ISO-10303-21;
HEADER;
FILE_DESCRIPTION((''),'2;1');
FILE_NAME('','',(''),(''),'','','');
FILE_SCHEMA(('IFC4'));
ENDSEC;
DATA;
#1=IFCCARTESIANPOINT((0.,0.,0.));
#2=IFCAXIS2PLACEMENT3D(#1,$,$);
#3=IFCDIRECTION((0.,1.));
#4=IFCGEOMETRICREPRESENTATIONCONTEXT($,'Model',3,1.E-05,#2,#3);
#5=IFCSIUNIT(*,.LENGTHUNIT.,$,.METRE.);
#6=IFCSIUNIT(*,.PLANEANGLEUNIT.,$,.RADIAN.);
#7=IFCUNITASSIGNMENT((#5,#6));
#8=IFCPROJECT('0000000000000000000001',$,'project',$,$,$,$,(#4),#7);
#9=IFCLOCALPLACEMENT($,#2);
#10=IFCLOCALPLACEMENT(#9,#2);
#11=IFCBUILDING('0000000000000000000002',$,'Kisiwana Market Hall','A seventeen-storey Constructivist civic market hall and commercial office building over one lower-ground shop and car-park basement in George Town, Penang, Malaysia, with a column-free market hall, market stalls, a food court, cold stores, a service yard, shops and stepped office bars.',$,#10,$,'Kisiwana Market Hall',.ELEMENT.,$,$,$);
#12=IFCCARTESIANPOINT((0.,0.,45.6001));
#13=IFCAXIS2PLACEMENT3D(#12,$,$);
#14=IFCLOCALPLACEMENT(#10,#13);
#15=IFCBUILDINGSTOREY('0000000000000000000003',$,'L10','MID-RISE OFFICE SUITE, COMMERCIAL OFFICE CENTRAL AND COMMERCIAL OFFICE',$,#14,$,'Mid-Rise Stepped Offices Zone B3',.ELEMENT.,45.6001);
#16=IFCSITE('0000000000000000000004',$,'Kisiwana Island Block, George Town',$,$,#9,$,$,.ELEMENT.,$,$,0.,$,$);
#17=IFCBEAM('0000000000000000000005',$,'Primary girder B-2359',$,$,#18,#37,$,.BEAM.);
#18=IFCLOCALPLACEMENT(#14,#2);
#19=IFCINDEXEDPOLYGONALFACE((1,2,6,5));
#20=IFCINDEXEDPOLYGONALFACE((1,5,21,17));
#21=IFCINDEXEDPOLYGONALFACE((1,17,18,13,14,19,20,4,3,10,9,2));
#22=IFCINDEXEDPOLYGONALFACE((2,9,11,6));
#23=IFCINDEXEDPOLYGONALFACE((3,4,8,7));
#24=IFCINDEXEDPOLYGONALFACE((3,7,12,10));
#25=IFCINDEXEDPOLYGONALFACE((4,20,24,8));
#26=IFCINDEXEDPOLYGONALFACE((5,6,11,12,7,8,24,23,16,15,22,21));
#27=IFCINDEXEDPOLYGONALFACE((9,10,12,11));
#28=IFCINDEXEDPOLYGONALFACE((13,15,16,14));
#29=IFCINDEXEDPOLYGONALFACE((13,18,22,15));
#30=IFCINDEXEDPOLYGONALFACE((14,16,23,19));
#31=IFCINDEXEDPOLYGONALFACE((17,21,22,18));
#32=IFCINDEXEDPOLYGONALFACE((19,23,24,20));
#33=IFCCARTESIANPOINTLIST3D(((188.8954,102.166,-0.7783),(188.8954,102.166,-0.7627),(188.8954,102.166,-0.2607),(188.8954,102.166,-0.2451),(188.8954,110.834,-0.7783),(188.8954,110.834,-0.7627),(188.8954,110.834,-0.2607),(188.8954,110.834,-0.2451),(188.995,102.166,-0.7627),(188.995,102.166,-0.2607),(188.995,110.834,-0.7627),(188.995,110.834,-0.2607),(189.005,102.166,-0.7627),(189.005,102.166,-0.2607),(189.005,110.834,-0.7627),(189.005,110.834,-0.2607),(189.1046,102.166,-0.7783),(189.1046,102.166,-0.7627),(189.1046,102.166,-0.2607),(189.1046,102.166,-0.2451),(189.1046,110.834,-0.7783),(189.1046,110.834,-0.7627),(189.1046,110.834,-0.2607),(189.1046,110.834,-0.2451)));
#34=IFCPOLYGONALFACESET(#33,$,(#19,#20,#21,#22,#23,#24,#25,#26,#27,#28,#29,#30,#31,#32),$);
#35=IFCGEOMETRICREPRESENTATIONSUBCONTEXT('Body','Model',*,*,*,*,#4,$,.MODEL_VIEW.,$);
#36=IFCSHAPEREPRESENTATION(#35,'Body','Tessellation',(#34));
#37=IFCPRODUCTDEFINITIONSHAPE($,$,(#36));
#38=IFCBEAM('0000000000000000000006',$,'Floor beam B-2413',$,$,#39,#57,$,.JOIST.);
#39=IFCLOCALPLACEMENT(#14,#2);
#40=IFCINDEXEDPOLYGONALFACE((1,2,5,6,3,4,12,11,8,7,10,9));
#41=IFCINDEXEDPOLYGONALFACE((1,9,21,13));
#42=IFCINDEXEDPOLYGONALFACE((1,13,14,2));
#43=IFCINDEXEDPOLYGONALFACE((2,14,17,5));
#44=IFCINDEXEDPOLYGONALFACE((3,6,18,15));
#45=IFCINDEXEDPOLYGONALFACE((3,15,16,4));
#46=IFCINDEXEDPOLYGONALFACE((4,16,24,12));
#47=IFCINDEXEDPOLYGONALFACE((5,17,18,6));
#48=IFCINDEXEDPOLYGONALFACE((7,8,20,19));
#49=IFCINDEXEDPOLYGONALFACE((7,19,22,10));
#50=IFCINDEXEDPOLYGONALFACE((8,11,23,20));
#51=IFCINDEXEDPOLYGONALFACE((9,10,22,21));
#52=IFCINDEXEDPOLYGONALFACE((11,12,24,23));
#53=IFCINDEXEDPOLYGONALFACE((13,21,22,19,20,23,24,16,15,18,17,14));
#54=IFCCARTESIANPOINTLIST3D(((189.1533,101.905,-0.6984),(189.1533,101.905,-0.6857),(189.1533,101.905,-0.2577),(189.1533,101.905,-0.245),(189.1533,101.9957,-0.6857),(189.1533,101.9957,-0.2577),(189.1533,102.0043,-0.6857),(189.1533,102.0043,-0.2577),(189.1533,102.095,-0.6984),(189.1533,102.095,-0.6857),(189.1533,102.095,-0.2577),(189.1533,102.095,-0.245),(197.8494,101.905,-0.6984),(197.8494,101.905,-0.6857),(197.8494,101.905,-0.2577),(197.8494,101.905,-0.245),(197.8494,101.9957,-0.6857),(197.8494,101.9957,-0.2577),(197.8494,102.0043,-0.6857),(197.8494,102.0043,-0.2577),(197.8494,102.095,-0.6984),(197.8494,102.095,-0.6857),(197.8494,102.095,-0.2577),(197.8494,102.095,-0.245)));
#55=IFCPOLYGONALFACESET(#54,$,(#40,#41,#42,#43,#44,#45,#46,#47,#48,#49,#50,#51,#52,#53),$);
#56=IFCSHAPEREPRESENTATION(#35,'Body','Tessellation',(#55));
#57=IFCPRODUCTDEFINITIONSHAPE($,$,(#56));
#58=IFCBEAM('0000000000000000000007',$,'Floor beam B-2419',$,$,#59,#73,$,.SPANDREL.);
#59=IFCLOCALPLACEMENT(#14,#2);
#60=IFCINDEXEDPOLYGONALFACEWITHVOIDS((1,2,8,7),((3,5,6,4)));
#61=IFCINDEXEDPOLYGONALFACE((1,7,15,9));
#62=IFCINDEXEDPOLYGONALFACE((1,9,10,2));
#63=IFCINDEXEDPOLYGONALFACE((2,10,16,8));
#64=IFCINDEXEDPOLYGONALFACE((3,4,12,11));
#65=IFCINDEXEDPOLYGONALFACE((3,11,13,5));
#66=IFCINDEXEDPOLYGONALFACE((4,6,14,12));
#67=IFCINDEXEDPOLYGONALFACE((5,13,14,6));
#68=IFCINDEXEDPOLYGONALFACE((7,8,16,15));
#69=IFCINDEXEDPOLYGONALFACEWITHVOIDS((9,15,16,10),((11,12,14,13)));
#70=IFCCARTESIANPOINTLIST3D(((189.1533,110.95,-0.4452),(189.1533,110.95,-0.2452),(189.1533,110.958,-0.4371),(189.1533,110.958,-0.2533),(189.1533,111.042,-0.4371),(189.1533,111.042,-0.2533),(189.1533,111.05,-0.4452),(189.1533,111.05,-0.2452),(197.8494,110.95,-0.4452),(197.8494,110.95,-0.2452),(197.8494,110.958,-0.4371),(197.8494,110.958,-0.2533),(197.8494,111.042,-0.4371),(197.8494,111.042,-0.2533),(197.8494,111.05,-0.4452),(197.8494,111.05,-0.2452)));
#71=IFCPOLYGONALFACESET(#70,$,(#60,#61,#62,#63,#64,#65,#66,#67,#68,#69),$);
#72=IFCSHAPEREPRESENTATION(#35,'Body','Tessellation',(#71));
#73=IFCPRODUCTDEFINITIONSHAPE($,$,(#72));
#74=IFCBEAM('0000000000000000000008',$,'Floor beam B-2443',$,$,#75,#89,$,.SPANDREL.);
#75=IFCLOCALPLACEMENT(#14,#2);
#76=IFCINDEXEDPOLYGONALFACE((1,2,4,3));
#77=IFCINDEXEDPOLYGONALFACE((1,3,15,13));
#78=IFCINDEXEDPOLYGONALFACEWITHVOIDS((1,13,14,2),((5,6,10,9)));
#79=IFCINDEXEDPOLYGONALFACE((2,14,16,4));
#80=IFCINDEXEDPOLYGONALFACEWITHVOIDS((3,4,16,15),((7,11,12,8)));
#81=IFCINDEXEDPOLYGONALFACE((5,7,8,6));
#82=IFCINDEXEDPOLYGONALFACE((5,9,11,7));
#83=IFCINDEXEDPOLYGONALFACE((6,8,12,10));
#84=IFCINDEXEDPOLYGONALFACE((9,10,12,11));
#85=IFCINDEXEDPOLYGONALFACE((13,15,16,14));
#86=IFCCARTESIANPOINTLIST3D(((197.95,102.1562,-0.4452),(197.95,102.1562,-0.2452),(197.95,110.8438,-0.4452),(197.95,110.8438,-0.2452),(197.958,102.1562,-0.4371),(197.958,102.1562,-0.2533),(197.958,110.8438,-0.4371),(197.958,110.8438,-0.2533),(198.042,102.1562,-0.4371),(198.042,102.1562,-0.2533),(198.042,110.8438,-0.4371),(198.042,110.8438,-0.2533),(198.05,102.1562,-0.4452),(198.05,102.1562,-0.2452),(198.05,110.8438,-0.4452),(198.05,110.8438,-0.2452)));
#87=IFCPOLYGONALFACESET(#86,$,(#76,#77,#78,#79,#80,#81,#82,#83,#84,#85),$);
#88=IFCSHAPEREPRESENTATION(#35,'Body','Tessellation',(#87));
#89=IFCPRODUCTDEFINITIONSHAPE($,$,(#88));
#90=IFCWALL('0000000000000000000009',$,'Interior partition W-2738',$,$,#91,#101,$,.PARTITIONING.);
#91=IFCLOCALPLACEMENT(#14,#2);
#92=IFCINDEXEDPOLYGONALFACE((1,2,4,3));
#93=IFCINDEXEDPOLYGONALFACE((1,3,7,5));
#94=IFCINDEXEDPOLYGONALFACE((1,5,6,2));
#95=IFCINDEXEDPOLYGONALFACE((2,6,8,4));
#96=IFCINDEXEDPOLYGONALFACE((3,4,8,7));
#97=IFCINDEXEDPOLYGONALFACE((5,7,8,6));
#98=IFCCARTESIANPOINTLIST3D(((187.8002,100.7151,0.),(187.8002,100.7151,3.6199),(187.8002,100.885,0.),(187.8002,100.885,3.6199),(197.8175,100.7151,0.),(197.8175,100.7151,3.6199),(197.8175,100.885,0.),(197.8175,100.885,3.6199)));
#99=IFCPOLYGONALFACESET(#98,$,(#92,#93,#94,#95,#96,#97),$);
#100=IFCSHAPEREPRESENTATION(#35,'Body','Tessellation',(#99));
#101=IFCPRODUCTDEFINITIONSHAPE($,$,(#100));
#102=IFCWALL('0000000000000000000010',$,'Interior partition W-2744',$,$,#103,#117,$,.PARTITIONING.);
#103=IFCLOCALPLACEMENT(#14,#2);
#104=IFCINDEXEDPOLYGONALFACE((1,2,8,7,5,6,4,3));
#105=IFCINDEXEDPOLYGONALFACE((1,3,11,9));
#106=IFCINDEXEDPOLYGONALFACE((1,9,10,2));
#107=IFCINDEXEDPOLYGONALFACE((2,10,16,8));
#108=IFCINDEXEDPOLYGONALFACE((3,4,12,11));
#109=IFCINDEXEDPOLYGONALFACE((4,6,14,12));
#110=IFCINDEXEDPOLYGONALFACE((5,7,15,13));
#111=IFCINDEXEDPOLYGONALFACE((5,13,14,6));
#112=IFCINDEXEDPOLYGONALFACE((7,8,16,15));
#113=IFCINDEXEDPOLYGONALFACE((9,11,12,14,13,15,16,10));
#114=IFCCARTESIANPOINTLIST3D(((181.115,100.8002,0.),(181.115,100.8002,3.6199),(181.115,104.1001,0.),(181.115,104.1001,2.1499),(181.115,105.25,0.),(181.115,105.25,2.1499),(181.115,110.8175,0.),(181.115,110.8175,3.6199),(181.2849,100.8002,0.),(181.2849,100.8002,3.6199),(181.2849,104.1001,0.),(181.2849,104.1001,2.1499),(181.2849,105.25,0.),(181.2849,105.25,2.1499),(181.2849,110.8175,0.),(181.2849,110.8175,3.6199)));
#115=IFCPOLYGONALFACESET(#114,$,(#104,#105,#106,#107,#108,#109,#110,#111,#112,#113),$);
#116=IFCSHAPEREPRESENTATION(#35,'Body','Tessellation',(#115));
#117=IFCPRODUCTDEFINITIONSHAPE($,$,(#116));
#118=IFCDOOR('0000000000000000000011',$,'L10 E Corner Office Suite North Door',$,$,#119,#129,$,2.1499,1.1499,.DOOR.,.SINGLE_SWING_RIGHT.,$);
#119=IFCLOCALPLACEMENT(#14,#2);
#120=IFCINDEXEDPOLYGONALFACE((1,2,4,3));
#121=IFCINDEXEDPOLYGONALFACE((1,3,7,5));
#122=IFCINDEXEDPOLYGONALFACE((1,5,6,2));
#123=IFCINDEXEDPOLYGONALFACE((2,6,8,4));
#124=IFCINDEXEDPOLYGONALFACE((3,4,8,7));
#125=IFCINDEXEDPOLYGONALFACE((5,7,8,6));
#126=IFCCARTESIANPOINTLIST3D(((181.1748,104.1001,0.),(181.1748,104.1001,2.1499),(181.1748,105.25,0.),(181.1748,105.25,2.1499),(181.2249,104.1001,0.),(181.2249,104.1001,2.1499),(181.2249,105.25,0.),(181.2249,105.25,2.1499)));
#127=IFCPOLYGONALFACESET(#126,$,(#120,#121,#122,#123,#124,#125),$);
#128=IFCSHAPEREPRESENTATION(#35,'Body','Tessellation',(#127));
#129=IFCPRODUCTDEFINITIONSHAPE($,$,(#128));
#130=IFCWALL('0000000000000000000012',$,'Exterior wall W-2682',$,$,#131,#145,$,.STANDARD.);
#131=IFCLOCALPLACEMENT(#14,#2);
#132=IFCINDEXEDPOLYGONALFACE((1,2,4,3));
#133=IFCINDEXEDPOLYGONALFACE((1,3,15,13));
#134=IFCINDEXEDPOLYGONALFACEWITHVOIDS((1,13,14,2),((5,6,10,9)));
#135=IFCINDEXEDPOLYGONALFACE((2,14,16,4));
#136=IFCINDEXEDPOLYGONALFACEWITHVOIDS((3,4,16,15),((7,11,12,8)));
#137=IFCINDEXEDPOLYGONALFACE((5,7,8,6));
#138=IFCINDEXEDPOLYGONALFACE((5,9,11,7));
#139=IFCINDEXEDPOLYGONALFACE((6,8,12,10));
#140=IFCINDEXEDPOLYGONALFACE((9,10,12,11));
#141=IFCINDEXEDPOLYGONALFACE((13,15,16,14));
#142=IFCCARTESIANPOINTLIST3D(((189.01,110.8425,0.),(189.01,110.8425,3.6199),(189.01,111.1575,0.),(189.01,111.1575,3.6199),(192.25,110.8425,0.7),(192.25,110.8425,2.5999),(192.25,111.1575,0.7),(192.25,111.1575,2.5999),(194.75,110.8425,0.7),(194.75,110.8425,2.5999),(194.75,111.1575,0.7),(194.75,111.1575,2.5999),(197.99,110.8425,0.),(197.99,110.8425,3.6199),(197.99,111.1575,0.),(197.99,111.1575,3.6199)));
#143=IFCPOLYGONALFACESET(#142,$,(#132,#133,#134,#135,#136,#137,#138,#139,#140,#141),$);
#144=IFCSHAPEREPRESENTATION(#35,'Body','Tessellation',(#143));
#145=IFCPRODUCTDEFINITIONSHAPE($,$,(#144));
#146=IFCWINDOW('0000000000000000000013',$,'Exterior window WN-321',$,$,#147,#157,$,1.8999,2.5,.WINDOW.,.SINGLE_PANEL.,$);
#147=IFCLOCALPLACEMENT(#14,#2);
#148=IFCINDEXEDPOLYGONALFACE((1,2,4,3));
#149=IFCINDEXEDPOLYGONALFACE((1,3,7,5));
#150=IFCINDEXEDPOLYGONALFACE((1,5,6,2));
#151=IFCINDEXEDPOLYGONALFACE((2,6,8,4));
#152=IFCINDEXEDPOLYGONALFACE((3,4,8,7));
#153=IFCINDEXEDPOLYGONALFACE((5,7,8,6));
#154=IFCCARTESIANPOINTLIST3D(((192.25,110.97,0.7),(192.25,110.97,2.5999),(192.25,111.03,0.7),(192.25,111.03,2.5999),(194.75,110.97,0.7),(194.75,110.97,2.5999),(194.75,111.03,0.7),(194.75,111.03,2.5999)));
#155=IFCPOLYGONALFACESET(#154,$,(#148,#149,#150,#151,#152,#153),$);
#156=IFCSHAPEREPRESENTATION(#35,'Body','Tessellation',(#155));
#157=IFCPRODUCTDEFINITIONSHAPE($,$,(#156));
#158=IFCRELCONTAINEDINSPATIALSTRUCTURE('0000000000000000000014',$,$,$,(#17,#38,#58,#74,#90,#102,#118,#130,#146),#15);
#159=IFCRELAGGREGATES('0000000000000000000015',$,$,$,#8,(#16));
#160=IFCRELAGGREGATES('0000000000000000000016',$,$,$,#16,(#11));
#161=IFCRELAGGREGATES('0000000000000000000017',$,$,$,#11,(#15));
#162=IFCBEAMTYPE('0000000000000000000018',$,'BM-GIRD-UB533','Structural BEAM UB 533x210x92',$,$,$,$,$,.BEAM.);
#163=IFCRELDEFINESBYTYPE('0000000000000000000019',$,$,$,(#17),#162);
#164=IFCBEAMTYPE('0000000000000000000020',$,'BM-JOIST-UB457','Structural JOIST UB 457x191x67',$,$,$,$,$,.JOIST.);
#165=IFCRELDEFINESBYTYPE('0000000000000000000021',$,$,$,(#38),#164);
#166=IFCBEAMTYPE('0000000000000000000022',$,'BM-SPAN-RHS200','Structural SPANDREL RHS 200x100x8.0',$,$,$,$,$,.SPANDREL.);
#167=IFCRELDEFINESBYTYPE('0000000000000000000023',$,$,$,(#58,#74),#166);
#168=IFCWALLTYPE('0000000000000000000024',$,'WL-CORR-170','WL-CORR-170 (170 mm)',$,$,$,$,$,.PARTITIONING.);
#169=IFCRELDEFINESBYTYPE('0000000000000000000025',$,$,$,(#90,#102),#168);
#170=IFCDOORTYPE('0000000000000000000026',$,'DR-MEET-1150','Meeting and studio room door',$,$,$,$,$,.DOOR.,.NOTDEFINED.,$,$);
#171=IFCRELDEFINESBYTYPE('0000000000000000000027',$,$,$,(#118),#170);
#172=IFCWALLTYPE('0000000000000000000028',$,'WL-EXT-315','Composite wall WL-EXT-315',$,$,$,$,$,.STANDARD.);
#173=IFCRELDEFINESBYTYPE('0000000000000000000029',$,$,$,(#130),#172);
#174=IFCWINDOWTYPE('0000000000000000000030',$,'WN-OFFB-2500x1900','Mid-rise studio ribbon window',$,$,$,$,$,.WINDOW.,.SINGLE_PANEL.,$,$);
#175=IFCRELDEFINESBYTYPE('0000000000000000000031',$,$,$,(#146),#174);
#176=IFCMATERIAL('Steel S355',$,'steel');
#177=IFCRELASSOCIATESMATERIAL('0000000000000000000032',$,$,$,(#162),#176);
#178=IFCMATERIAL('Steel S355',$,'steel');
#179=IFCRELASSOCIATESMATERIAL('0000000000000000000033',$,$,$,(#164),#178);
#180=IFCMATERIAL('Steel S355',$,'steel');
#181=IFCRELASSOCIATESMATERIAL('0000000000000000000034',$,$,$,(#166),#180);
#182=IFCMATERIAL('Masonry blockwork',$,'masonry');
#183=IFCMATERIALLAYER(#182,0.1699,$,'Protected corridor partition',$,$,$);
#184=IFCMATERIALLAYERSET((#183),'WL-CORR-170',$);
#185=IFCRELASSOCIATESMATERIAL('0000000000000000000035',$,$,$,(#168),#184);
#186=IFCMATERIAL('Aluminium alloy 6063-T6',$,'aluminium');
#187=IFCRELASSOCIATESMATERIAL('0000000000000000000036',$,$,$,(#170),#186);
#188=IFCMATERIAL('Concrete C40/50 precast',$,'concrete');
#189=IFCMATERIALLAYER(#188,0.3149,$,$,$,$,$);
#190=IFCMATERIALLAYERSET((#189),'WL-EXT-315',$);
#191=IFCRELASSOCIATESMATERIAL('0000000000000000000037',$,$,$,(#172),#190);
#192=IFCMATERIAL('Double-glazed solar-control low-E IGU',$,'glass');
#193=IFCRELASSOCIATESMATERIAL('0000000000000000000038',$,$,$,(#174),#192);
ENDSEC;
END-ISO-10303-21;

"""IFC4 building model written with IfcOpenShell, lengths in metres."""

from ifc_helpers import new_model, si_unit, direction, frame, frame_2d, origin, origin_2d, place, context, subcontext, project, spatial, rectangle, hollow_rectangle, i_section, extrude, material, layer, layer_set, material_profile, profile_set, type_object, element, fill, save


model = new_model("IFC4")

# Units and contexts
model_context = context("Model", 3, precision=1e-05, world=origin(), true_north=direction((0.0, 1.0)))
body_context = subcontext(model_context, "Body", "Model", "MODEL_VIEW")
ifc_project = project(units=[si_unit("LENGTHUNIT", "METRE"), si_unit("PLANEANGLEUNIT", "RADIAN")], contexts=[model_context])

# Site, building, storey
site_placement = place(None, origin())
site = spatial("IfcSite", under=ifc_project, at=site_placement, Name="Kisiwana Island Block, George Town", CompositionType="ELEMENT", RefElevation=0.0)
building_placement = place(site_placement, origin())
building = spatial("IfcBuilding", under=site, at=building_placement, Name="Kisiwana Market Hall", Description="A seventeen-storey Constructivist civic market hall and commercial office building over one lower-ground shop and car-park basement in George Town, Penang, Malaysia, with a column-free market hall, market stalls, a food court, cold stores, a service yard, shops and stepped office bars.", LongName="Kisiwana Market Hall", CompositionType="ELEMENT")
storey_placement = place(building_placement, frame((0.0, 0.0, 45.6001)))
storey = spatial("IfcBuildingStorey", under=building, at=storey_placement, Name="L10", Description="MID-RISE OFFICE SUITE, COMMERCIAL OFFICE CENTRAL AND COMMERCIAL OFFICE", LongName="Mid-Rise Stepped Offices Zone B3", CompositionType="ELEMENT", Elevation=45.6001)

# Beams
ifc_material_1 = material(Name="Steel S355", Category="steel")
ifc_material_profile_1 = material_profile(ifc_material_1, i_section(OverallWidth=0.2092, OverallDepth=0.5332, WebThickness=0.01, FlangeThickness=0.0156, at=origin_2d()), Name="UB 533x210x92")
ifc_profile_set_1 = profile_set([ifc_material_profile_1], Name="Steel S355")
beam_type_1 = type_object("IfcBeamType", Name="BM-GIRD-UB533", Description="Structural BEAM UB 533x210x92", PredefinedType="BEAM", material=ifc_profile_set_1)
beam_1_placement = place(storey_placement, frame((189.0, 102.166, -0.5117), z_axis=(0.0, 1.0, 0.0), x_axis=(-1.0, 0.0, 0.0)))
element("IfcBeam", 1, at=beam_1_placement, inside=storey, type_object=beam_type_1, Name="Primary girder B-2359", PredefinedType="BEAM", context=body_context, shape_type="SweptSolid", body=[
    extrude(i_section(OverallWidth=0.2092, OverallDepth=0.5332, WebThickness=0.01, FlangeThickness=0.0156, at=origin_2d()), origin(), (0.0, 0.0, 1.0), 8.668),
])
ifc_material_2 = material(Name="Steel S355", Category="steel")
ifc_material_profile_2 = material_profile(ifc_material_2, i_section(OverallWidth=0.1899, OverallDepth=0.4534, WebThickness=0.0085, FlangeThickness=0.0127, at=origin_2d()), Name="UB 457x191x67")
ifc_profile_set_2 = profile_set([ifc_material_profile_2], Name="Steel S355")
beam_type_2 = type_object("IfcBeamType", Name="BM-JOIST-UB457", Description="Structural JOIST UB 457x191x67", PredefinedType="JOIST", material=ifc_profile_set_2)
beam_2_placement = place(storey_placement, frame((189.1533, 102.0, -0.4717), z_axis=(1.0, 0.0, 0.0), x_axis=(0.0, 1.0, 0.0)))
element("IfcBeam", 2, at=beam_2_placement, inside=storey, type_object=beam_type_2, Name="Floor beam B-2413", PredefinedType="JOIST", context=body_context, shape_type="SweptSolid", body=[
    extrude(i_section(OverallWidth=0.1899, OverallDepth=0.4534, WebThickness=0.0085, FlangeThickness=0.0127, at=origin_2d()), origin(), (0.0, 0.0, 1.0), 8.696),
])
ifc_material_3 = material(Name="Steel S355", Category="steel")
ifc_material_profile_3 = material_profile(ifc_material_3, hollow_rectangle(XDim=0.1001, YDim=0.2, WallThickness=0.0081, at=origin_2d()), Name="RHS 200x100x8.0")
ifc_profile_set_3 = profile_set([ifc_material_profile_3], Name="Steel S355")
beam_type_3 = type_object("IfcBeamType", Name="BM-SPAN-RHS200", Description="Structural SPANDREL RHS 200x100x8.0", PredefinedType="SPANDREL", material=ifc_profile_set_3)
beam_3_placement = place(storey_placement, frame((189.1533, 111.0, -0.3452), z_axis=(1.0, 0.0, 0.0), x_axis=(0.0, 1.0, 0.0)))
element("IfcBeam", 3, at=beam_3_placement, inside=storey, type_object=beam_type_3, Name="Floor beam B-2419", PredefinedType="SPANDREL", context=body_context, shape_type="SweptSolid", body=[
    extrude(hollow_rectangle(XDim=0.1001, YDim=0.2, WallThickness=0.0081, at=origin_2d()), origin(), (0.0, 0.0, 1.0), 8.696),
])
beam_4_placement = place(storey_placement, frame((198.0, 102.1562, -0.3452), z_axis=(0.0, 1.0, 0.0), x_axis=(-1.0, 0.0, 0.0)))
element("IfcBeam", 4, at=beam_4_placement, inside=storey, type_object=beam_type_3, Name="Floor beam B-2443", PredefinedType="SPANDREL", context=body_context, shape_type="SweptSolid", body=[
    extrude(hollow_rectangle(XDim=0.1001, YDim=0.2, WallThickness=0.0081, at=origin_2d()), origin(), (0.0, 0.0, 1.0), 8.6875),
])

# Wall
ifc_material_4 = material(Name="Masonry blockwork", Category="masonry")
ifc_layer_1 = layer(ifc_material_4, 0.1699, Name="Protected corridor partition")
ifc_layer_set_1 = layer_set([ifc_layer_1], Name="WL-CORR-170")
wall_type_1 = type_object("IfcWallType", Name="WL-CORR-170", Description="WL-CORR-170 (170 mm)", PredefinedType="PARTITIONING", material=ifc_layer_set_1)
wall_1_placement = place(storey_placement, frame((187.8, 100.8, 0.0), z_axis=(0.0, 0.0, 1.0), x_axis=(1.0, 0.0, 0.0)))
element("IfcWall", 5, at=wall_1_placement, inside=storey, type_object=wall_type_1, Name="Interior partition W-2738", PredefinedType="PARTITIONING", context=body_context, shape_type="SweptSolid", body=[
    extrude(rectangle(XDim=10.0173, YDim=0.1699, at=frame_2d((5.0088, 0.0))), origin(), (0.0, 0.0, 1.0), 3.6199),
])

# Wall, opening, door
wall_2_placement = place(storey_placement, frame((181.2, 100.8, 0.0), z_axis=(0.0, 0.0, 1.0), x_axis=(0.0, 1.0, 0.0)))
wall_2 = element("IfcWall", 6, at=wall_2_placement, inside=storey, type_object=wall_type_1, Name="Interior partition W-2744", PredefinedType="PARTITIONING", context=body_context, shape_type="SweptSolid", body=[
    extrude(rectangle(XDim=10.0173, YDim=0.1699, at=frame_2d((5.0088, 0.0))), origin(), (0.0, 0.0, 1.0), 3.6199),
])
opening_1_placement = place(wall_2_placement, frame((3.3, 0.0, 0.0)))
opening_1 = element("IfcOpeningElement", 7, at=opening_1_placement, cuts=wall_2, PredefinedType="OPENING", context=body_context, shape_type="SweptSolid", body=[
    extrude(rectangle(XDim=1.1499, YDim=2.1499, at=frame_2d((0.575, 1.075))), frame((0.0, 0.0969, 0.0), z_axis=(0.0, -1.0, 0.0), x_axis=(1.0, 0.0, 0.0)), (0.0, 0.0, 1.0), 0.1938),
])
ifc_material_5 = material(Name="Aluminium alloy 6063-T6", Category="aluminium")
door_type = type_object("IfcDoorType", Name="DR-MEET-1150", Description="Meeting and studio room door", OperationType="NOTDEFINED", PredefinedType="DOOR", material=ifc_material_5)
door_placement = place(opening_1_placement, frame((1.1499, 0.0, 0.0), z_axis=(0.0, 0.0, 1.0), x_axis=(-1.0, 0.0, 0.0)))
door = element("IfcDoor", 8, at=door_placement, inside=storey, type_object=door_type, Name="L10 E Corner Office Suite North Door", OperationType="SINGLE_SWING_RIGHT", OverallHeight=2.1499, OverallWidth=1.1499, PredefinedType="DOOR", context=body_context, shape_type="SweptSolid", body=[
    extrude(rectangle(XDim=1.1499, YDim=2.1499, at=frame_2d((0.575, 1.075))), frame((0.0, 0.0249, 0.0), z_axis=(0.0, -1.0, 0.0), x_axis=(1.0, 0.0, 0.0)), (0.0, 0.0, 1.0), 0.05),
])
fill(opening_1, door)

# Wall, opening, window
ifc_material_6 = material(Name="Concrete C40/50 precast", Category="concrete")
ifc_layer_2 = layer(ifc_material_6, 0.3149)
ifc_layer_set_2 = layer_set([ifc_layer_2], Name="WL-EXT-315")
wall_type_2 = type_object("IfcWallType", Name="WL-EXT-315", Description="Composite wall WL-EXT-315", PredefinedType="STANDARD", material=ifc_layer_set_2)
wall_3_placement = place(storey_placement, frame((189.01, 111.0, 0.0), z_axis=(0.0, 0.0, 1.0), x_axis=(1.0, 0.0, 0.0)))
wall_3 = element("IfcWall", 9, at=wall_3_placement, inside=storey, type_object=wall_type_2, Name="Exterior wall W-2682", PredefinedType="STANDARD", context=body_context, shape_type="SweptSolid", body=[
    extrude(rectangle(XDim=8.98, YDim=0.3149, at=frame_2d((4.49, 0.0))), origin(), (0.0, 0.0, 1.0), 3.6199),
])
opening_2_placement = place(wall_3_placement, frame((3.24, 0.0, 0.7)))
opening_2 = element("IfcOpeningElement", 10, at=opening_2_placement, cuts=wall_3, PredefinedType="OPENING", context=body_context, shape_type="SweptSolid", body=[
    extrude(rectangle(XDim=2.5, YDim=1.8999, at=frame_2d((1.25, 0.95))), frame((0.0, 0.1694, 0.0), z_axis=(0.0, -1.0, 0.0), x_axis=(1.0, 0.0, 0.0)), (0.0, 0.0, 1.0), 0.3389),
])
ifc_material_7 = material(Name="Double-glazed solar-control low-E IGU", Category="glass")
window_type = type_object("IfcWindowType", Name="WN-OFFB-2500x1900", Description="Mid-rise studio ribbon window", PartitioningType="SINGLE_PANEL", PredefinedType="WINDOW", material=ifc_material_7)
window_1_placement = place(opening_2_placement, origin())
window_1 = element("IfcWindow", 11, at=window_1_placement, inside=storey, type_object=window_type, Name="Exterior window WN-321", OverallHeight=1.8999, OverallWidth=2.5, PartitioningType="SINGLE_PANEL", PredefinedType="WINDOW", context=body_context, shape_type="SweptSolid", body=[
    extrude(rectangle(XDim=2.5, YDim=1.8999, at=frame_2d((1.25, 0.95))), frame((0.0, 0.03, 0.0), z_axis=(0.0, -1.0, 0.0), x_axis=(1.0, 0.0, 0.0)), (0.0, 0.0, 1.0), 0.0601),
])
fill(opening_2, window_1)

save(model, "model.ifc")
